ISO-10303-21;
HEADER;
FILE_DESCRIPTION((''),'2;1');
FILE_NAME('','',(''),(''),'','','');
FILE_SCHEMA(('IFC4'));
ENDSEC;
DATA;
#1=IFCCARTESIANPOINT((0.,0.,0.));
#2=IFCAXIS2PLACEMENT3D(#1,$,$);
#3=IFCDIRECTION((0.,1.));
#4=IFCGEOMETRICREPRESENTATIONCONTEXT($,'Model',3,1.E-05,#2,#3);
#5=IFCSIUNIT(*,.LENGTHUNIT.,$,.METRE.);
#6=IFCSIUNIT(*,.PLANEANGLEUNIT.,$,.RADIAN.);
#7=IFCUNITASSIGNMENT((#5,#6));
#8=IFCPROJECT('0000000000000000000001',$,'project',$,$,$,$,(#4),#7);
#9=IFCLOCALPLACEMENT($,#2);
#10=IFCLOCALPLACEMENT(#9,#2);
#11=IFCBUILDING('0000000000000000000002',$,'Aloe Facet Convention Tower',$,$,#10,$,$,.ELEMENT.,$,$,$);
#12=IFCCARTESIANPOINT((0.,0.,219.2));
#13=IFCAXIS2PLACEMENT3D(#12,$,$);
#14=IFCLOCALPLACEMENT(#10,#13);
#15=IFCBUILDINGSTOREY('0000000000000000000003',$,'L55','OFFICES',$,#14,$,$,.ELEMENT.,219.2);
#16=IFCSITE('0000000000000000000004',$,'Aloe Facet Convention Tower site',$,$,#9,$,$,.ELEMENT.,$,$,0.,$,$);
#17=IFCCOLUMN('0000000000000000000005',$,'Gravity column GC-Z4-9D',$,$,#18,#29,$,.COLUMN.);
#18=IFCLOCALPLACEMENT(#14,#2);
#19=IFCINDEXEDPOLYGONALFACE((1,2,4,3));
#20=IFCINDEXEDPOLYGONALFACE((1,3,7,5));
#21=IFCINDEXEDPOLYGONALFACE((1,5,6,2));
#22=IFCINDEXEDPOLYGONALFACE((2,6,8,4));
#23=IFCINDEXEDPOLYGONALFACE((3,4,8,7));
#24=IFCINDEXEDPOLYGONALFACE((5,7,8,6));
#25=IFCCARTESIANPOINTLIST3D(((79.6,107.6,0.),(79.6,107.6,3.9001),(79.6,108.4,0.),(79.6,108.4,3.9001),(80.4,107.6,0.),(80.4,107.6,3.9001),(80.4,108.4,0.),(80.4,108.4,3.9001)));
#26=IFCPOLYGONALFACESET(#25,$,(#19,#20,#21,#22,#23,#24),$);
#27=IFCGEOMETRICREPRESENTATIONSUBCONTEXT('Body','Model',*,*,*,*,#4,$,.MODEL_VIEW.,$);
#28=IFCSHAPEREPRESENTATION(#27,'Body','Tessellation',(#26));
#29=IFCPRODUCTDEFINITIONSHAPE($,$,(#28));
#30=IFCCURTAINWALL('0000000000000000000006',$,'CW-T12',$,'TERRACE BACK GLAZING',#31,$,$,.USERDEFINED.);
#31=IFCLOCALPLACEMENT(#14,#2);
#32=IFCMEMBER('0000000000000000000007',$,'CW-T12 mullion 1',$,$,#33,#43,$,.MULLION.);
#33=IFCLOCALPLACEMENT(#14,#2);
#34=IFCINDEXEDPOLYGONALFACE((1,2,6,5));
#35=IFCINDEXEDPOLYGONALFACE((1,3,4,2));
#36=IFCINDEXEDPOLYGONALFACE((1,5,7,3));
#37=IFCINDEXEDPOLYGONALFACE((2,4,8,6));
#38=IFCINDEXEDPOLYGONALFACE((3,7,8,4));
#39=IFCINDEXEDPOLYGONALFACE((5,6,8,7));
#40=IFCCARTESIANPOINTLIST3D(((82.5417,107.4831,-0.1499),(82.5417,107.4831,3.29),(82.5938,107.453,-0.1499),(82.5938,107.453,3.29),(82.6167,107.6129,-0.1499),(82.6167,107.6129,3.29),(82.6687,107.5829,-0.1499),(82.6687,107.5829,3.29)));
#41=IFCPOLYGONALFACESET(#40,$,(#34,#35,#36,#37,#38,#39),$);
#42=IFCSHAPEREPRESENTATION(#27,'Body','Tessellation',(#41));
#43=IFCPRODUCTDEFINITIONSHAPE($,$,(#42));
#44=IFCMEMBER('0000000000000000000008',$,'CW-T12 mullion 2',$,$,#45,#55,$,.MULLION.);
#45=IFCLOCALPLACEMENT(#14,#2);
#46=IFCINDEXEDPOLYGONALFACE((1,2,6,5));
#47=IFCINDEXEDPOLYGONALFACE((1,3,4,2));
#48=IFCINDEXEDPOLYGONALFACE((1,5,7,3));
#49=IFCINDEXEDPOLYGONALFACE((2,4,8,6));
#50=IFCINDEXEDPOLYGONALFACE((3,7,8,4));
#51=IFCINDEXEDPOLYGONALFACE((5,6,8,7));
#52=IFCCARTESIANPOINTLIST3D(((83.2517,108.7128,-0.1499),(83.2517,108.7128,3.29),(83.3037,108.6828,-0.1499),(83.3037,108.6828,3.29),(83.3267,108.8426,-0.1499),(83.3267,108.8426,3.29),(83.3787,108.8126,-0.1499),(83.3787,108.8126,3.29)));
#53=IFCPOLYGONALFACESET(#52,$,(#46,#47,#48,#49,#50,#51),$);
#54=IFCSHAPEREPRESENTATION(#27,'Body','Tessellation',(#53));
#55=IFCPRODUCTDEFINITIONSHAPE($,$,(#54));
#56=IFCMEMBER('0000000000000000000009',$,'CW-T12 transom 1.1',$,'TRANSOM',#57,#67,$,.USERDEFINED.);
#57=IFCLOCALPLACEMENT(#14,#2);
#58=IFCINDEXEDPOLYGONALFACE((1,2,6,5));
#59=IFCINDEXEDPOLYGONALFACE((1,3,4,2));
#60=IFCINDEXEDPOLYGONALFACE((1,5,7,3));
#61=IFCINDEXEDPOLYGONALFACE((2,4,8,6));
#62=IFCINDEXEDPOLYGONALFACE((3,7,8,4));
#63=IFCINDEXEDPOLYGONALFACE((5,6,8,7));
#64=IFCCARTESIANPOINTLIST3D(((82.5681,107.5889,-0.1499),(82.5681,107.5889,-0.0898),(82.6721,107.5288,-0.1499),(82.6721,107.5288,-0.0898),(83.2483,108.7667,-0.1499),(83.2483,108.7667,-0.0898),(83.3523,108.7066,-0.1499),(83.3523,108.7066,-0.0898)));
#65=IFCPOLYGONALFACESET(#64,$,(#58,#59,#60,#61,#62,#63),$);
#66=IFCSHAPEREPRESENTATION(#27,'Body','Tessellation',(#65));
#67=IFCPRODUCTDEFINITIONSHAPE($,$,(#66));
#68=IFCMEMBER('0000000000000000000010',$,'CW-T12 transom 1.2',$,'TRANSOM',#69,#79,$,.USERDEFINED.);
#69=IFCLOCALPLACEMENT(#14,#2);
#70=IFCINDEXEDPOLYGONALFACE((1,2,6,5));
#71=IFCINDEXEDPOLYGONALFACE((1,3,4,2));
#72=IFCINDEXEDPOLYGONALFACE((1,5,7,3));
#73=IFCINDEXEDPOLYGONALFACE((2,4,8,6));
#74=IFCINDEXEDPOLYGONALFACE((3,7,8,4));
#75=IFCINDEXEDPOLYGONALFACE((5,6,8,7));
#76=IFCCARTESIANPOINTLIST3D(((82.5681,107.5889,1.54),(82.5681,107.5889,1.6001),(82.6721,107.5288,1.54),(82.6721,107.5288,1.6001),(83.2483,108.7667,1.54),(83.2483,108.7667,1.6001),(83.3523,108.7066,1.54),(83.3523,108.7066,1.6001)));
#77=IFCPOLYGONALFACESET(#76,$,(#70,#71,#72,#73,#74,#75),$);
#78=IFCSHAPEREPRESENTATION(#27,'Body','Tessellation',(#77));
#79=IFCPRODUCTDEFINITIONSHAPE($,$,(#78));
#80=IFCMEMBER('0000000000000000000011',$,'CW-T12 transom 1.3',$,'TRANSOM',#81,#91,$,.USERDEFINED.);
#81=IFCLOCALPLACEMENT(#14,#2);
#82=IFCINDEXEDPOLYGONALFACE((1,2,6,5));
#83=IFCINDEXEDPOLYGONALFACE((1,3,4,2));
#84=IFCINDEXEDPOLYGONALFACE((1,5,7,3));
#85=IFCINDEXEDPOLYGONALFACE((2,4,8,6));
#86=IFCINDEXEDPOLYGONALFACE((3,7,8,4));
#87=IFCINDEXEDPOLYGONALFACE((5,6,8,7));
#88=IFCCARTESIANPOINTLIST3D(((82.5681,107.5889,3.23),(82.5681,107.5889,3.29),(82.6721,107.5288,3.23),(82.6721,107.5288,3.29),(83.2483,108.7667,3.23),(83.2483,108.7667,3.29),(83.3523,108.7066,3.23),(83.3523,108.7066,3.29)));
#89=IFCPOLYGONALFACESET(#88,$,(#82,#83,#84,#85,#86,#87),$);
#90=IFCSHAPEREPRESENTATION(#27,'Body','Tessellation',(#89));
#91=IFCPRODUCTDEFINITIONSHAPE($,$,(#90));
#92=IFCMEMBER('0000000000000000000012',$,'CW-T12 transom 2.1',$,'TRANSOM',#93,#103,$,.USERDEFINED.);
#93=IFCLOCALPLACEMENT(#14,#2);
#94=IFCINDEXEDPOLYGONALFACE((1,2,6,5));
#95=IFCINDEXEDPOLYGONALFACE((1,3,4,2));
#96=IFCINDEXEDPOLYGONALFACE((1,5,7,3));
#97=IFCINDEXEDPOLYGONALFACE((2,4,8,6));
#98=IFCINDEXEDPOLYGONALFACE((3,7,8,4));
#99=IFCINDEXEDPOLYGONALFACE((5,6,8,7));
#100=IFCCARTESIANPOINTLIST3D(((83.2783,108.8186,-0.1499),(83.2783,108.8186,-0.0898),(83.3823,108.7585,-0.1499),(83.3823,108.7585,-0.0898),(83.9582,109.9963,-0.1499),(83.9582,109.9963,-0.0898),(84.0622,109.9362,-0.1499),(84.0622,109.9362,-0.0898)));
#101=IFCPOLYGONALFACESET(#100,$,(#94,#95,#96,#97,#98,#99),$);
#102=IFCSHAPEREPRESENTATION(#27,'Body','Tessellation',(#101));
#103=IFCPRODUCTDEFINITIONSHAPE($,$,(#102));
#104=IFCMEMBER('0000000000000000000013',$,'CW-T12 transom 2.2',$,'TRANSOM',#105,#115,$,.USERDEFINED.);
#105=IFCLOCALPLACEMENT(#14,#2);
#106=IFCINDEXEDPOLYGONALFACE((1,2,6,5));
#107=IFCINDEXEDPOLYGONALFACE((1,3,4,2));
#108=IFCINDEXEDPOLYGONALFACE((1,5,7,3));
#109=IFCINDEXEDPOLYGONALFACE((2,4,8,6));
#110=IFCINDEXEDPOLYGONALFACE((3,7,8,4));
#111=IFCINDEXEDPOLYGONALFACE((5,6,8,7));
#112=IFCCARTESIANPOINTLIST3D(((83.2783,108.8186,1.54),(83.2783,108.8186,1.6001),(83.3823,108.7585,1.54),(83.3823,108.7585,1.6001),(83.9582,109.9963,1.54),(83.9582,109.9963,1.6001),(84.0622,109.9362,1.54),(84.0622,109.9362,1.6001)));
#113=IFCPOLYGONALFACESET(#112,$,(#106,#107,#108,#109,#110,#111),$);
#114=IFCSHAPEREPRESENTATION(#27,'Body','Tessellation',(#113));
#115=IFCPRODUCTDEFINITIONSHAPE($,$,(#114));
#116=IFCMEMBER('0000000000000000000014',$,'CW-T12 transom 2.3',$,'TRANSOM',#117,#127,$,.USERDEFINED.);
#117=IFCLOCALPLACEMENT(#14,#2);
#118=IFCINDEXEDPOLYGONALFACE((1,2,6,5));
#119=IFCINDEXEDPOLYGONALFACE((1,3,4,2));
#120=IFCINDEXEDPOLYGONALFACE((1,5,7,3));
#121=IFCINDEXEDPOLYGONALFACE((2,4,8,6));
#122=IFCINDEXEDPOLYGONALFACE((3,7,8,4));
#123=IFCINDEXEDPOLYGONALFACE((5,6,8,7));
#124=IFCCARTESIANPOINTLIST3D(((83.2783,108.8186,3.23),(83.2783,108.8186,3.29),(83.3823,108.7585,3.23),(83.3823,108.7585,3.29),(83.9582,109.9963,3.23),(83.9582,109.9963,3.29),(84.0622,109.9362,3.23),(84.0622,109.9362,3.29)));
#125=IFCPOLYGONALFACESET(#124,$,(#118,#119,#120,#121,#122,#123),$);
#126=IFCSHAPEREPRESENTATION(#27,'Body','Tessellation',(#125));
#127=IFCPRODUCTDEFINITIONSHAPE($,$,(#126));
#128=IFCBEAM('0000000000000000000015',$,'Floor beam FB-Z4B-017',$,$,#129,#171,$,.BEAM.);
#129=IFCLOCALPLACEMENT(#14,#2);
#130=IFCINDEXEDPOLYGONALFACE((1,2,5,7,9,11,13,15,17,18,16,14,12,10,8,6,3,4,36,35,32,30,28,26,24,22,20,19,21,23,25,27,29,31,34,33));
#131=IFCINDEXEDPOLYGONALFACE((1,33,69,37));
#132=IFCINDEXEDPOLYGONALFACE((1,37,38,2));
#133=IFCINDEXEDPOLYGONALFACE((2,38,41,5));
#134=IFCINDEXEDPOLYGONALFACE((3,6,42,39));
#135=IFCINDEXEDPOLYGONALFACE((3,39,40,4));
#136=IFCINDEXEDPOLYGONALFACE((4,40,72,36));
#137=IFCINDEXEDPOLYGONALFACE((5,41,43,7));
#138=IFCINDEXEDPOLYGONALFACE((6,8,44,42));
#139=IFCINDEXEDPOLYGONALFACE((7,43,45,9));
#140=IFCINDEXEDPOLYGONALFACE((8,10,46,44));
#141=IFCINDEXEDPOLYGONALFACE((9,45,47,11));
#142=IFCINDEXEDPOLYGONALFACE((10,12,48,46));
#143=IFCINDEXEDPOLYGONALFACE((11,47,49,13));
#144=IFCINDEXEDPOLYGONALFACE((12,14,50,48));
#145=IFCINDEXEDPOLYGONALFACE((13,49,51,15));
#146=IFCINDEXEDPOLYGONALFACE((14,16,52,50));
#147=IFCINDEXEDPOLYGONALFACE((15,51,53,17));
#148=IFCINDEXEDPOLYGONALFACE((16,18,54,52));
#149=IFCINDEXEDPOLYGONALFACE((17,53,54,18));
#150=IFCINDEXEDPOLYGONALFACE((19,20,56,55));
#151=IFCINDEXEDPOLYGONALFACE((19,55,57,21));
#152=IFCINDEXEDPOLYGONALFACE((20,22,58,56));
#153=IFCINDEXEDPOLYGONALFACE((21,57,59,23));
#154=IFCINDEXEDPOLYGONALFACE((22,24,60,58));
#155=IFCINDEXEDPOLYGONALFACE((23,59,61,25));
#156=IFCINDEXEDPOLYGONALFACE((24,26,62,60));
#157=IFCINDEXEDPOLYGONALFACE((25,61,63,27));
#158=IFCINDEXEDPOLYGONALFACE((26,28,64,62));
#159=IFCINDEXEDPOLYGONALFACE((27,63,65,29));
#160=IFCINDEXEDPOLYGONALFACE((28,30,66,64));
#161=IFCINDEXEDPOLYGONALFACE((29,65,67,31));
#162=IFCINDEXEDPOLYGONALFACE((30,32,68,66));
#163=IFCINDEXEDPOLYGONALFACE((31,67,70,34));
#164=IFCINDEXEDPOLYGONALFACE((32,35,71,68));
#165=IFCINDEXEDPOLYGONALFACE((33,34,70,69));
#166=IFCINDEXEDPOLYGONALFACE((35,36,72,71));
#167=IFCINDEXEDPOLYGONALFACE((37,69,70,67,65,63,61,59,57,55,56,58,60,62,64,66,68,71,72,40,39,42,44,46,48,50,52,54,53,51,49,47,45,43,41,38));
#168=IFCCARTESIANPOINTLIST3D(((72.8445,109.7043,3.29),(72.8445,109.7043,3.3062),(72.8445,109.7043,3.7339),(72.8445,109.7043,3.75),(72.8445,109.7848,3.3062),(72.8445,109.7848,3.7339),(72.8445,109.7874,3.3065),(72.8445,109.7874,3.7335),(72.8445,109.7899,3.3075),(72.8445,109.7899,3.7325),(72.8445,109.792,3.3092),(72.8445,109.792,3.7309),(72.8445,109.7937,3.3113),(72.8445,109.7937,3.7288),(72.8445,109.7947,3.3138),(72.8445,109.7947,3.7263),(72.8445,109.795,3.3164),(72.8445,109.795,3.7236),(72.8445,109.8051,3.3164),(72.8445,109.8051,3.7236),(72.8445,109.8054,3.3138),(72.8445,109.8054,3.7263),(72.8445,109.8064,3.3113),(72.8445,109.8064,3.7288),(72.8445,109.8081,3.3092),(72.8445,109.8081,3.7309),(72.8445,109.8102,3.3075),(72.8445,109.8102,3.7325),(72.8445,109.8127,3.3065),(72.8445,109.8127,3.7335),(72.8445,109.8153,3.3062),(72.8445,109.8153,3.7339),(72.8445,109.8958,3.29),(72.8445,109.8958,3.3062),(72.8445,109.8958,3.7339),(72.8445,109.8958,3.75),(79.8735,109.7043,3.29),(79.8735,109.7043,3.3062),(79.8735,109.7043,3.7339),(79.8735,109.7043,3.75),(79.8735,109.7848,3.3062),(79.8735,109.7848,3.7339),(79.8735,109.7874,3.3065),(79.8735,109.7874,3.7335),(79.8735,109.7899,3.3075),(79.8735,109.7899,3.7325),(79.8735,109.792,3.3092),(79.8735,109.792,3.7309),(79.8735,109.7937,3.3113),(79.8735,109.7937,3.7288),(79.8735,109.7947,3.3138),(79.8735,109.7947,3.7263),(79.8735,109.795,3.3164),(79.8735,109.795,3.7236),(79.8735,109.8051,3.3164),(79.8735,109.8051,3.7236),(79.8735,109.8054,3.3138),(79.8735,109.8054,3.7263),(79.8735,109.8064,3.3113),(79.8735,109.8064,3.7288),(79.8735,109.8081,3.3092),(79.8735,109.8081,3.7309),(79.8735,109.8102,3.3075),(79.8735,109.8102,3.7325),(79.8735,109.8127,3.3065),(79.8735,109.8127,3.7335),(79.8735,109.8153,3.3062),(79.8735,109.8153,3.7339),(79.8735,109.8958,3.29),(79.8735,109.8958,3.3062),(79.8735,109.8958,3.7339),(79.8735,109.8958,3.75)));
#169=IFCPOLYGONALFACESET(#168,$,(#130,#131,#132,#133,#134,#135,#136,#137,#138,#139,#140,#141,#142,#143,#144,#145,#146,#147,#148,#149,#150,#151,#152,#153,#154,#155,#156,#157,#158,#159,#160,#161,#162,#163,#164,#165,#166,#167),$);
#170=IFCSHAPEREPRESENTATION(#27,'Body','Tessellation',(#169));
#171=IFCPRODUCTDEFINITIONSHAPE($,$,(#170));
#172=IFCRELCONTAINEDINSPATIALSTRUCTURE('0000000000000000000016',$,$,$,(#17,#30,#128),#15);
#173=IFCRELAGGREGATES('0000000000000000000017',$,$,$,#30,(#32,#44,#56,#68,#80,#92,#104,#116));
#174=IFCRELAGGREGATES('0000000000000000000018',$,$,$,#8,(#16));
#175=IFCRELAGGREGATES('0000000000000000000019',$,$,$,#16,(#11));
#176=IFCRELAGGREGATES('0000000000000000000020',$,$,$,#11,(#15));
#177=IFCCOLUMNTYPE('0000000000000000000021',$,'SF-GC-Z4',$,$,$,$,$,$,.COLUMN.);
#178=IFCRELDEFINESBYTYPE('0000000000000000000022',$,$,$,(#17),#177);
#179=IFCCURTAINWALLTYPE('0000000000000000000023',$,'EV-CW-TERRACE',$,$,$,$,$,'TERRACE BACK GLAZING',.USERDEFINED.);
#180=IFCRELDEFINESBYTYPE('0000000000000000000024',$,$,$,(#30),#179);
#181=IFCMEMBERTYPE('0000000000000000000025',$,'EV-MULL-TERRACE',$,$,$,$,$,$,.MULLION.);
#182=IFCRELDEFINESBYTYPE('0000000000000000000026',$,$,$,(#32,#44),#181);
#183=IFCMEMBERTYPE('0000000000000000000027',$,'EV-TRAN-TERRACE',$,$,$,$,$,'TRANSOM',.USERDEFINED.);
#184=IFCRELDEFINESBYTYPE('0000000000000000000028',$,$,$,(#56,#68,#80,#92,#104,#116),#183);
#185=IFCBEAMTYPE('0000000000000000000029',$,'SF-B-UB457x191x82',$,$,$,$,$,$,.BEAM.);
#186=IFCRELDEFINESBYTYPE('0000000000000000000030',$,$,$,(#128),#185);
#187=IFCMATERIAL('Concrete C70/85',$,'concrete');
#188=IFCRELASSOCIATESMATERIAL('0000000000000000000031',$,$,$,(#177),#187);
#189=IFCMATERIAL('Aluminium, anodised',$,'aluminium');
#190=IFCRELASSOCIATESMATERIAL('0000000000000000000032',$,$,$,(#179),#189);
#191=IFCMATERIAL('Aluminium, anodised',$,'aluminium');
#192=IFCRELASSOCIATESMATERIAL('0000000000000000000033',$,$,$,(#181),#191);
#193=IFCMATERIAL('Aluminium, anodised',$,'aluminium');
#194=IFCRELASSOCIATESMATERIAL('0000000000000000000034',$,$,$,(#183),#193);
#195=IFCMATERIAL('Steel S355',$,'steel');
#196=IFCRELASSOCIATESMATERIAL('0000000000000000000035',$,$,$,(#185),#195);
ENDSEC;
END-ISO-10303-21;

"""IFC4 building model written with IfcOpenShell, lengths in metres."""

from ifc_helpers import new_model, si_unit, direction, frame, origin, origin_2d, place, context, subcontext, project, spatial, rectangle, i_section, extrude, material, material_profile, profile_set, type_object, element, aggregate, save


model = new_model("IFC4")

# Units and contexts
model_context = context("Model", 3, precision=1e-05, world=origin(), true_north=direction((0.0, 1.0)))
body_context = subcontext(model_context, "Body", "Model", "MODEL_VIEW")
ifc_project = project(units=[si_unit("LENGTHUNIT", "METRE"), si_unit("PLANEANGLEUNIT", "RADIAN")], contexts=[model_context])

# Site, building, storey
site_placement = place(None, origin())
site = spatial("IfcSite", under=ifc_project, at=site_placement, Name="Aloe Facet Convention Tower site", CompositionType="ELEMENT", RefElevation=0.0)
building_placement = place(site_placement, origin())
building = spatial("IfcBuilding", under=site, at=building_placement, Name="Aloe Facet Convention Tower", CompositionType="ELEMENT")
storey_placement = place(building_placement, frame((0.0, 0.0, 219.2)))
storey = spatial("IfcBuildingStorey", under=building, at=storey_placement, Name="L55", Description="OFFICES", CompositionType="ELEMENT", Elevation=219.2)

# Column
ifc_material_1 = material(Name="Concrete C70/85", Category="concrete")
ifc_material_profile_1 = material_profile(ifc_material_1, rectangle(XDim=0.8, YDim=0.8, at=origin_2d()), Name="SF-GC-Z4")
ifc_profile_set_1 = profile_set([ifc_material_profile_1], Name="Concrete C70/85")
column_type = type_object("IfcColumnType", Name="SF-GC-Z4", PredefinedType="COLUMN", material=ifc_profile_set_1)
column_placement = place(storey_placement, frame((80.0, 108.0, 0.0), z_axis=(0.0, 0.0, 1.0), x_axis=(1.0, 0.0, 0.0)))
element("IfcColumn", 1, at=column_placement, inside=storey, type_object=column_type, Name="Gravity column GC-Z4-9D", PredefinedType="COLUMN", context=body_context, shape_type="SweptSolid", body=[
    extrude(rectangle(XDim=0.8, YDim=0.8, at=origin_2d()), origin(), (0.0, 0.0, 1.0), 3.9001),
])

# Curtain wall, members
ifc_material_2 = material(Name="Aluminium, anodised", Category="aluminium")
curtain_wall_type = type_object("IfcCurtainWallType", Name="EV-CW-TERRACE", ElementType="TERRACE BACK GLAZING", PredefinedType="USERDEFINED", material=ifc_material_2)
curtain_wall_placement = place(storey_placement, origin())
curtain_wall = element("IfcCurtainWall", 2, at=curtain_wall_placement, inside=storey, type_object=curtain_wall_type, Name="CW-T12", ObjectType="TERRACE BACK GLAZING", PredefinedType="USERDEFINED")
ifc_material_3 = material(Name="Aluminium, anodised", Category="aluminium")
ifc_material_profile_2 = material_profile(ifc_material_3, rectangle(XDim=0.0601, YDim=0.1499, at=origin_2d()), Name="AL 60x150")
ifc_profile_set_2 = profile_set([ifc_material_profile_2], Name="Aluminium, anodised")
member_type_1 = type_object("IfcMemberType", Name="EV-MULL-TERRACE", PredefinedType="MULLION", material=ifc_profile_set_2)
member_1_placement = place(storey_placement, frame((82.6052, 107.533, -0.1499), z_axis=(0.0, 0.0, 1.0), x_axis=(-0.866025, 0.5, 0.0)))
member_1 = element("IfcMember", 3, at=member_1_placement, type_object=member_type_1, Name="CW-T12 mullion 1", PredefinedType="MULLION", context=body_context, shape_type="SweptSolid", body=[
    extrude(rectangle(XDim=0.0601, YDim=0.1499, at=origin_2d()), origin(), (0.0, 0.0, 1.0), 3.4399),
])
member_2_placement = place(storey_placement, frame((83.3152, 108.7627, -0.1499), z_axis=(0.0, 0.0, 1.0), x_axis=(-0.866025, 0.5, 0.0)))
member_2 = element("IfcMember", 4, at=member_2_placement, type_object=member_type_1, Name="CW-T12 mullion 2", PredefinedType="MULLION", context=body_context, shape_type="SweptSolid", body=[
    extrude(rectangle(XDim=0.0601, YDim=0.1499, at=origin_2d()), origin(), (0.0, 0.0, 1.0), 3.4399),
])
ifc_material_4 = material(Name="Aluminium, anodised", Category="aluminium")
ifc_material_profile_3 = material_profile(ifc_material_4, rectangle(XDim=0.1201, YDim=0.0601, at=origin_2d()), Name="AL 120x60")
ifc_profile_set_3 = profile_set([ifc_material_profile_3], Name="Aluminium, anodised")
member_type_2 = type_object("IfcMemberType", Name="EV-TRAN-TERRACE", ElementType="TRANSOM", PredefinedType="USERDEFINED", material=ifc_profile_set_3)
member_3_placement = place(storey_placement, frame((82.6201, 107.5588, -0.1199), z_axis=(0.500116, 0.865958, 0.0), x_axis=(-0.865958, 0.500116, 0.0)))
member_3 = element("IfcMember", 5, at=member_3_placement, type_object=member_type_2, Name="CW-T12 transom 1.1", ObjectType="TRANSOM", PredefinedType="USERDEFINED", context=body_context, shape_type="SweptSolid", body=[
    extrude(rectangle(XDim=0.1201, YDim=0.0601, at=origin_2d()), origin(), (0.0, 0.0, 1.0), 1.3601),
])
member_4_placement = place(storey_placement, frame((82.6201, 107.5588, 1.5701), z_axis=(0.500116, 0.865958, 0.0), x_axis=(-0.865958, 0.500116, 0.0)))
member_4 = element("IfcMember", 6, at=member_4_placement, type_object=member_type_2, Name="CW-T12 transom 1.2", ObjectType="TRANSOM", PredefinedType="USERDEFINED", context=body_context, shape_type="SweptSolid", body=[
    extrude(rectangle(XDim=0.1201, YDim=0.0601, at=origin_2d()), origin(), (0.0, 0.0, 1.0), 1.3601),
])
member_5_placement = place(storey_placement, frame((82.6201, 107.5588, 3.26), z_axis=(0.500116, 0.865958, 0.0), x_axis=(-0.865958, 0.500116, 0.0)))
member_5 = element("IfcMember", 7, at=member_5_placement, type_object=member_type_2, Name="CW-T12 transom 1.3", ObjectType="TRANSOM", PredefinedType="USERDEFINED", context=body_context, shape_type="SweptSolid", body=[
    extrude(rectangle(XDim=0.1201, YDim=0.0601, at=origin_2d()), origin(), (0.0, 0.0, 1.0), 1.3601),
])
member_6_placement = place(storey_placement, frame((83.3303, 108.7886, -0.1199), z_axis=(0.499981, 0.866036, 0.0), x_axis=(-0.866036, 0.499981, 0.0)))
member_6 = element("IfcMember", 8, at=member_6_placement, type_object=member_type_2, Name="CW-T12 transom 2.1", ObjectType="TRANSOM", PredefinedType="USERDEFINED", context=body_context, shape_type="SweptSolid", body=[
    extrude(rectangle(XDim=0.1201, YDim=0.0601, at=origin_2d()), origin(), (0.0, 0.0, 1.0), 1.3599),
])
member_7_placement = place(storey_placement, frame((83.3303, 108.7886, 1.5701), z_axis=(0.499981, 0.866036, 0.0), x_axis=(-0.866036, 0.499981, 0.0)))
member_7 = element("IfcMember", 9, at=member_7_placement, type_object=member_type_2, Name="CW-T12 transom 2.2", ObjectType="TRANSOM", PredefinedType="USERDEFINED", context=body_context, shape_type="SweptSolid", body=[
    extrude(rectangle(XDim=0.1201, YDim=0.0601, at=origin_2d()), origin(), (0.0, 0.0, 1.0), 1.3599),
])
member_8_placement = place(storey_placement, frame((83.3303, 108.7886, 3.26), z_axis=(0.499981, 0.866036, 0.0), x_axis=(-0.866036, 0.499981, 0.0)))
member_8 = element("IfcMember", 10, at=member_8_placement, type_object=member_type_2, Name="CW-T12 transom 2.3", ObjectType="TRANSOM", PredefinedType="USERDEFINED", context=body_context, shape_type="SweptSolid", body=[
    extrude(rectangle(XDim=0.1201, YDim=0.0601, at=origin_2d()), origin(), (0.0, 0.0, 1.0), 1.3599),
])

# Beam
ifc_material_5 = material(Name="Steel S355", Category="steel")
ifc_material_profile_4 = material_profile(ifc_material_5, i_section(OverallWidth=0.1914, OverallDepth=0.46, WebThickness=0.01, FlangeThickness=0.0161, FilletRadius=0.0103, at=origin_2d()), Name="UB 457x191x82")
ifc_profile_set_4 = profile_set([ifc_material_profile_4], Name="Steel S355")
beam_type_1 = type_object("IfcBeamType", Name="SF-B-UB457x191x82", PredefinedType="BEAM", material=ifc_profile_set_4)
beam_1_placement = place(storey_placement, frame((72.8445, 109.8, 3.52), z_axis=(1.0, 0.0, 0.0), x_axis=(0.0, 1.0, 0.0)))
element("IfcBeam", 11, at=beam_1_placement, inside=storey, type_object=beam_type_1, Name="Floor beam FB-Z4B-017", PredefinedType="BEAM", context=body_context, shape_type="SweptSolid", body=[
    extrude(i_section(OverallWidth=0.1914, OverallDepth=0.46, WebThickness=0.01, FlangeThickness=0.0161, FilletRadius=0.0103, at=origin_2d()), origin(), (0.0, 0.0, 1.0), 7.0291),
])

aggregate(curtain_wall, [member_1, member_2, member_3, member_4, member_5, member_6, member_7, member_8])

save(model, "model.ifc")
